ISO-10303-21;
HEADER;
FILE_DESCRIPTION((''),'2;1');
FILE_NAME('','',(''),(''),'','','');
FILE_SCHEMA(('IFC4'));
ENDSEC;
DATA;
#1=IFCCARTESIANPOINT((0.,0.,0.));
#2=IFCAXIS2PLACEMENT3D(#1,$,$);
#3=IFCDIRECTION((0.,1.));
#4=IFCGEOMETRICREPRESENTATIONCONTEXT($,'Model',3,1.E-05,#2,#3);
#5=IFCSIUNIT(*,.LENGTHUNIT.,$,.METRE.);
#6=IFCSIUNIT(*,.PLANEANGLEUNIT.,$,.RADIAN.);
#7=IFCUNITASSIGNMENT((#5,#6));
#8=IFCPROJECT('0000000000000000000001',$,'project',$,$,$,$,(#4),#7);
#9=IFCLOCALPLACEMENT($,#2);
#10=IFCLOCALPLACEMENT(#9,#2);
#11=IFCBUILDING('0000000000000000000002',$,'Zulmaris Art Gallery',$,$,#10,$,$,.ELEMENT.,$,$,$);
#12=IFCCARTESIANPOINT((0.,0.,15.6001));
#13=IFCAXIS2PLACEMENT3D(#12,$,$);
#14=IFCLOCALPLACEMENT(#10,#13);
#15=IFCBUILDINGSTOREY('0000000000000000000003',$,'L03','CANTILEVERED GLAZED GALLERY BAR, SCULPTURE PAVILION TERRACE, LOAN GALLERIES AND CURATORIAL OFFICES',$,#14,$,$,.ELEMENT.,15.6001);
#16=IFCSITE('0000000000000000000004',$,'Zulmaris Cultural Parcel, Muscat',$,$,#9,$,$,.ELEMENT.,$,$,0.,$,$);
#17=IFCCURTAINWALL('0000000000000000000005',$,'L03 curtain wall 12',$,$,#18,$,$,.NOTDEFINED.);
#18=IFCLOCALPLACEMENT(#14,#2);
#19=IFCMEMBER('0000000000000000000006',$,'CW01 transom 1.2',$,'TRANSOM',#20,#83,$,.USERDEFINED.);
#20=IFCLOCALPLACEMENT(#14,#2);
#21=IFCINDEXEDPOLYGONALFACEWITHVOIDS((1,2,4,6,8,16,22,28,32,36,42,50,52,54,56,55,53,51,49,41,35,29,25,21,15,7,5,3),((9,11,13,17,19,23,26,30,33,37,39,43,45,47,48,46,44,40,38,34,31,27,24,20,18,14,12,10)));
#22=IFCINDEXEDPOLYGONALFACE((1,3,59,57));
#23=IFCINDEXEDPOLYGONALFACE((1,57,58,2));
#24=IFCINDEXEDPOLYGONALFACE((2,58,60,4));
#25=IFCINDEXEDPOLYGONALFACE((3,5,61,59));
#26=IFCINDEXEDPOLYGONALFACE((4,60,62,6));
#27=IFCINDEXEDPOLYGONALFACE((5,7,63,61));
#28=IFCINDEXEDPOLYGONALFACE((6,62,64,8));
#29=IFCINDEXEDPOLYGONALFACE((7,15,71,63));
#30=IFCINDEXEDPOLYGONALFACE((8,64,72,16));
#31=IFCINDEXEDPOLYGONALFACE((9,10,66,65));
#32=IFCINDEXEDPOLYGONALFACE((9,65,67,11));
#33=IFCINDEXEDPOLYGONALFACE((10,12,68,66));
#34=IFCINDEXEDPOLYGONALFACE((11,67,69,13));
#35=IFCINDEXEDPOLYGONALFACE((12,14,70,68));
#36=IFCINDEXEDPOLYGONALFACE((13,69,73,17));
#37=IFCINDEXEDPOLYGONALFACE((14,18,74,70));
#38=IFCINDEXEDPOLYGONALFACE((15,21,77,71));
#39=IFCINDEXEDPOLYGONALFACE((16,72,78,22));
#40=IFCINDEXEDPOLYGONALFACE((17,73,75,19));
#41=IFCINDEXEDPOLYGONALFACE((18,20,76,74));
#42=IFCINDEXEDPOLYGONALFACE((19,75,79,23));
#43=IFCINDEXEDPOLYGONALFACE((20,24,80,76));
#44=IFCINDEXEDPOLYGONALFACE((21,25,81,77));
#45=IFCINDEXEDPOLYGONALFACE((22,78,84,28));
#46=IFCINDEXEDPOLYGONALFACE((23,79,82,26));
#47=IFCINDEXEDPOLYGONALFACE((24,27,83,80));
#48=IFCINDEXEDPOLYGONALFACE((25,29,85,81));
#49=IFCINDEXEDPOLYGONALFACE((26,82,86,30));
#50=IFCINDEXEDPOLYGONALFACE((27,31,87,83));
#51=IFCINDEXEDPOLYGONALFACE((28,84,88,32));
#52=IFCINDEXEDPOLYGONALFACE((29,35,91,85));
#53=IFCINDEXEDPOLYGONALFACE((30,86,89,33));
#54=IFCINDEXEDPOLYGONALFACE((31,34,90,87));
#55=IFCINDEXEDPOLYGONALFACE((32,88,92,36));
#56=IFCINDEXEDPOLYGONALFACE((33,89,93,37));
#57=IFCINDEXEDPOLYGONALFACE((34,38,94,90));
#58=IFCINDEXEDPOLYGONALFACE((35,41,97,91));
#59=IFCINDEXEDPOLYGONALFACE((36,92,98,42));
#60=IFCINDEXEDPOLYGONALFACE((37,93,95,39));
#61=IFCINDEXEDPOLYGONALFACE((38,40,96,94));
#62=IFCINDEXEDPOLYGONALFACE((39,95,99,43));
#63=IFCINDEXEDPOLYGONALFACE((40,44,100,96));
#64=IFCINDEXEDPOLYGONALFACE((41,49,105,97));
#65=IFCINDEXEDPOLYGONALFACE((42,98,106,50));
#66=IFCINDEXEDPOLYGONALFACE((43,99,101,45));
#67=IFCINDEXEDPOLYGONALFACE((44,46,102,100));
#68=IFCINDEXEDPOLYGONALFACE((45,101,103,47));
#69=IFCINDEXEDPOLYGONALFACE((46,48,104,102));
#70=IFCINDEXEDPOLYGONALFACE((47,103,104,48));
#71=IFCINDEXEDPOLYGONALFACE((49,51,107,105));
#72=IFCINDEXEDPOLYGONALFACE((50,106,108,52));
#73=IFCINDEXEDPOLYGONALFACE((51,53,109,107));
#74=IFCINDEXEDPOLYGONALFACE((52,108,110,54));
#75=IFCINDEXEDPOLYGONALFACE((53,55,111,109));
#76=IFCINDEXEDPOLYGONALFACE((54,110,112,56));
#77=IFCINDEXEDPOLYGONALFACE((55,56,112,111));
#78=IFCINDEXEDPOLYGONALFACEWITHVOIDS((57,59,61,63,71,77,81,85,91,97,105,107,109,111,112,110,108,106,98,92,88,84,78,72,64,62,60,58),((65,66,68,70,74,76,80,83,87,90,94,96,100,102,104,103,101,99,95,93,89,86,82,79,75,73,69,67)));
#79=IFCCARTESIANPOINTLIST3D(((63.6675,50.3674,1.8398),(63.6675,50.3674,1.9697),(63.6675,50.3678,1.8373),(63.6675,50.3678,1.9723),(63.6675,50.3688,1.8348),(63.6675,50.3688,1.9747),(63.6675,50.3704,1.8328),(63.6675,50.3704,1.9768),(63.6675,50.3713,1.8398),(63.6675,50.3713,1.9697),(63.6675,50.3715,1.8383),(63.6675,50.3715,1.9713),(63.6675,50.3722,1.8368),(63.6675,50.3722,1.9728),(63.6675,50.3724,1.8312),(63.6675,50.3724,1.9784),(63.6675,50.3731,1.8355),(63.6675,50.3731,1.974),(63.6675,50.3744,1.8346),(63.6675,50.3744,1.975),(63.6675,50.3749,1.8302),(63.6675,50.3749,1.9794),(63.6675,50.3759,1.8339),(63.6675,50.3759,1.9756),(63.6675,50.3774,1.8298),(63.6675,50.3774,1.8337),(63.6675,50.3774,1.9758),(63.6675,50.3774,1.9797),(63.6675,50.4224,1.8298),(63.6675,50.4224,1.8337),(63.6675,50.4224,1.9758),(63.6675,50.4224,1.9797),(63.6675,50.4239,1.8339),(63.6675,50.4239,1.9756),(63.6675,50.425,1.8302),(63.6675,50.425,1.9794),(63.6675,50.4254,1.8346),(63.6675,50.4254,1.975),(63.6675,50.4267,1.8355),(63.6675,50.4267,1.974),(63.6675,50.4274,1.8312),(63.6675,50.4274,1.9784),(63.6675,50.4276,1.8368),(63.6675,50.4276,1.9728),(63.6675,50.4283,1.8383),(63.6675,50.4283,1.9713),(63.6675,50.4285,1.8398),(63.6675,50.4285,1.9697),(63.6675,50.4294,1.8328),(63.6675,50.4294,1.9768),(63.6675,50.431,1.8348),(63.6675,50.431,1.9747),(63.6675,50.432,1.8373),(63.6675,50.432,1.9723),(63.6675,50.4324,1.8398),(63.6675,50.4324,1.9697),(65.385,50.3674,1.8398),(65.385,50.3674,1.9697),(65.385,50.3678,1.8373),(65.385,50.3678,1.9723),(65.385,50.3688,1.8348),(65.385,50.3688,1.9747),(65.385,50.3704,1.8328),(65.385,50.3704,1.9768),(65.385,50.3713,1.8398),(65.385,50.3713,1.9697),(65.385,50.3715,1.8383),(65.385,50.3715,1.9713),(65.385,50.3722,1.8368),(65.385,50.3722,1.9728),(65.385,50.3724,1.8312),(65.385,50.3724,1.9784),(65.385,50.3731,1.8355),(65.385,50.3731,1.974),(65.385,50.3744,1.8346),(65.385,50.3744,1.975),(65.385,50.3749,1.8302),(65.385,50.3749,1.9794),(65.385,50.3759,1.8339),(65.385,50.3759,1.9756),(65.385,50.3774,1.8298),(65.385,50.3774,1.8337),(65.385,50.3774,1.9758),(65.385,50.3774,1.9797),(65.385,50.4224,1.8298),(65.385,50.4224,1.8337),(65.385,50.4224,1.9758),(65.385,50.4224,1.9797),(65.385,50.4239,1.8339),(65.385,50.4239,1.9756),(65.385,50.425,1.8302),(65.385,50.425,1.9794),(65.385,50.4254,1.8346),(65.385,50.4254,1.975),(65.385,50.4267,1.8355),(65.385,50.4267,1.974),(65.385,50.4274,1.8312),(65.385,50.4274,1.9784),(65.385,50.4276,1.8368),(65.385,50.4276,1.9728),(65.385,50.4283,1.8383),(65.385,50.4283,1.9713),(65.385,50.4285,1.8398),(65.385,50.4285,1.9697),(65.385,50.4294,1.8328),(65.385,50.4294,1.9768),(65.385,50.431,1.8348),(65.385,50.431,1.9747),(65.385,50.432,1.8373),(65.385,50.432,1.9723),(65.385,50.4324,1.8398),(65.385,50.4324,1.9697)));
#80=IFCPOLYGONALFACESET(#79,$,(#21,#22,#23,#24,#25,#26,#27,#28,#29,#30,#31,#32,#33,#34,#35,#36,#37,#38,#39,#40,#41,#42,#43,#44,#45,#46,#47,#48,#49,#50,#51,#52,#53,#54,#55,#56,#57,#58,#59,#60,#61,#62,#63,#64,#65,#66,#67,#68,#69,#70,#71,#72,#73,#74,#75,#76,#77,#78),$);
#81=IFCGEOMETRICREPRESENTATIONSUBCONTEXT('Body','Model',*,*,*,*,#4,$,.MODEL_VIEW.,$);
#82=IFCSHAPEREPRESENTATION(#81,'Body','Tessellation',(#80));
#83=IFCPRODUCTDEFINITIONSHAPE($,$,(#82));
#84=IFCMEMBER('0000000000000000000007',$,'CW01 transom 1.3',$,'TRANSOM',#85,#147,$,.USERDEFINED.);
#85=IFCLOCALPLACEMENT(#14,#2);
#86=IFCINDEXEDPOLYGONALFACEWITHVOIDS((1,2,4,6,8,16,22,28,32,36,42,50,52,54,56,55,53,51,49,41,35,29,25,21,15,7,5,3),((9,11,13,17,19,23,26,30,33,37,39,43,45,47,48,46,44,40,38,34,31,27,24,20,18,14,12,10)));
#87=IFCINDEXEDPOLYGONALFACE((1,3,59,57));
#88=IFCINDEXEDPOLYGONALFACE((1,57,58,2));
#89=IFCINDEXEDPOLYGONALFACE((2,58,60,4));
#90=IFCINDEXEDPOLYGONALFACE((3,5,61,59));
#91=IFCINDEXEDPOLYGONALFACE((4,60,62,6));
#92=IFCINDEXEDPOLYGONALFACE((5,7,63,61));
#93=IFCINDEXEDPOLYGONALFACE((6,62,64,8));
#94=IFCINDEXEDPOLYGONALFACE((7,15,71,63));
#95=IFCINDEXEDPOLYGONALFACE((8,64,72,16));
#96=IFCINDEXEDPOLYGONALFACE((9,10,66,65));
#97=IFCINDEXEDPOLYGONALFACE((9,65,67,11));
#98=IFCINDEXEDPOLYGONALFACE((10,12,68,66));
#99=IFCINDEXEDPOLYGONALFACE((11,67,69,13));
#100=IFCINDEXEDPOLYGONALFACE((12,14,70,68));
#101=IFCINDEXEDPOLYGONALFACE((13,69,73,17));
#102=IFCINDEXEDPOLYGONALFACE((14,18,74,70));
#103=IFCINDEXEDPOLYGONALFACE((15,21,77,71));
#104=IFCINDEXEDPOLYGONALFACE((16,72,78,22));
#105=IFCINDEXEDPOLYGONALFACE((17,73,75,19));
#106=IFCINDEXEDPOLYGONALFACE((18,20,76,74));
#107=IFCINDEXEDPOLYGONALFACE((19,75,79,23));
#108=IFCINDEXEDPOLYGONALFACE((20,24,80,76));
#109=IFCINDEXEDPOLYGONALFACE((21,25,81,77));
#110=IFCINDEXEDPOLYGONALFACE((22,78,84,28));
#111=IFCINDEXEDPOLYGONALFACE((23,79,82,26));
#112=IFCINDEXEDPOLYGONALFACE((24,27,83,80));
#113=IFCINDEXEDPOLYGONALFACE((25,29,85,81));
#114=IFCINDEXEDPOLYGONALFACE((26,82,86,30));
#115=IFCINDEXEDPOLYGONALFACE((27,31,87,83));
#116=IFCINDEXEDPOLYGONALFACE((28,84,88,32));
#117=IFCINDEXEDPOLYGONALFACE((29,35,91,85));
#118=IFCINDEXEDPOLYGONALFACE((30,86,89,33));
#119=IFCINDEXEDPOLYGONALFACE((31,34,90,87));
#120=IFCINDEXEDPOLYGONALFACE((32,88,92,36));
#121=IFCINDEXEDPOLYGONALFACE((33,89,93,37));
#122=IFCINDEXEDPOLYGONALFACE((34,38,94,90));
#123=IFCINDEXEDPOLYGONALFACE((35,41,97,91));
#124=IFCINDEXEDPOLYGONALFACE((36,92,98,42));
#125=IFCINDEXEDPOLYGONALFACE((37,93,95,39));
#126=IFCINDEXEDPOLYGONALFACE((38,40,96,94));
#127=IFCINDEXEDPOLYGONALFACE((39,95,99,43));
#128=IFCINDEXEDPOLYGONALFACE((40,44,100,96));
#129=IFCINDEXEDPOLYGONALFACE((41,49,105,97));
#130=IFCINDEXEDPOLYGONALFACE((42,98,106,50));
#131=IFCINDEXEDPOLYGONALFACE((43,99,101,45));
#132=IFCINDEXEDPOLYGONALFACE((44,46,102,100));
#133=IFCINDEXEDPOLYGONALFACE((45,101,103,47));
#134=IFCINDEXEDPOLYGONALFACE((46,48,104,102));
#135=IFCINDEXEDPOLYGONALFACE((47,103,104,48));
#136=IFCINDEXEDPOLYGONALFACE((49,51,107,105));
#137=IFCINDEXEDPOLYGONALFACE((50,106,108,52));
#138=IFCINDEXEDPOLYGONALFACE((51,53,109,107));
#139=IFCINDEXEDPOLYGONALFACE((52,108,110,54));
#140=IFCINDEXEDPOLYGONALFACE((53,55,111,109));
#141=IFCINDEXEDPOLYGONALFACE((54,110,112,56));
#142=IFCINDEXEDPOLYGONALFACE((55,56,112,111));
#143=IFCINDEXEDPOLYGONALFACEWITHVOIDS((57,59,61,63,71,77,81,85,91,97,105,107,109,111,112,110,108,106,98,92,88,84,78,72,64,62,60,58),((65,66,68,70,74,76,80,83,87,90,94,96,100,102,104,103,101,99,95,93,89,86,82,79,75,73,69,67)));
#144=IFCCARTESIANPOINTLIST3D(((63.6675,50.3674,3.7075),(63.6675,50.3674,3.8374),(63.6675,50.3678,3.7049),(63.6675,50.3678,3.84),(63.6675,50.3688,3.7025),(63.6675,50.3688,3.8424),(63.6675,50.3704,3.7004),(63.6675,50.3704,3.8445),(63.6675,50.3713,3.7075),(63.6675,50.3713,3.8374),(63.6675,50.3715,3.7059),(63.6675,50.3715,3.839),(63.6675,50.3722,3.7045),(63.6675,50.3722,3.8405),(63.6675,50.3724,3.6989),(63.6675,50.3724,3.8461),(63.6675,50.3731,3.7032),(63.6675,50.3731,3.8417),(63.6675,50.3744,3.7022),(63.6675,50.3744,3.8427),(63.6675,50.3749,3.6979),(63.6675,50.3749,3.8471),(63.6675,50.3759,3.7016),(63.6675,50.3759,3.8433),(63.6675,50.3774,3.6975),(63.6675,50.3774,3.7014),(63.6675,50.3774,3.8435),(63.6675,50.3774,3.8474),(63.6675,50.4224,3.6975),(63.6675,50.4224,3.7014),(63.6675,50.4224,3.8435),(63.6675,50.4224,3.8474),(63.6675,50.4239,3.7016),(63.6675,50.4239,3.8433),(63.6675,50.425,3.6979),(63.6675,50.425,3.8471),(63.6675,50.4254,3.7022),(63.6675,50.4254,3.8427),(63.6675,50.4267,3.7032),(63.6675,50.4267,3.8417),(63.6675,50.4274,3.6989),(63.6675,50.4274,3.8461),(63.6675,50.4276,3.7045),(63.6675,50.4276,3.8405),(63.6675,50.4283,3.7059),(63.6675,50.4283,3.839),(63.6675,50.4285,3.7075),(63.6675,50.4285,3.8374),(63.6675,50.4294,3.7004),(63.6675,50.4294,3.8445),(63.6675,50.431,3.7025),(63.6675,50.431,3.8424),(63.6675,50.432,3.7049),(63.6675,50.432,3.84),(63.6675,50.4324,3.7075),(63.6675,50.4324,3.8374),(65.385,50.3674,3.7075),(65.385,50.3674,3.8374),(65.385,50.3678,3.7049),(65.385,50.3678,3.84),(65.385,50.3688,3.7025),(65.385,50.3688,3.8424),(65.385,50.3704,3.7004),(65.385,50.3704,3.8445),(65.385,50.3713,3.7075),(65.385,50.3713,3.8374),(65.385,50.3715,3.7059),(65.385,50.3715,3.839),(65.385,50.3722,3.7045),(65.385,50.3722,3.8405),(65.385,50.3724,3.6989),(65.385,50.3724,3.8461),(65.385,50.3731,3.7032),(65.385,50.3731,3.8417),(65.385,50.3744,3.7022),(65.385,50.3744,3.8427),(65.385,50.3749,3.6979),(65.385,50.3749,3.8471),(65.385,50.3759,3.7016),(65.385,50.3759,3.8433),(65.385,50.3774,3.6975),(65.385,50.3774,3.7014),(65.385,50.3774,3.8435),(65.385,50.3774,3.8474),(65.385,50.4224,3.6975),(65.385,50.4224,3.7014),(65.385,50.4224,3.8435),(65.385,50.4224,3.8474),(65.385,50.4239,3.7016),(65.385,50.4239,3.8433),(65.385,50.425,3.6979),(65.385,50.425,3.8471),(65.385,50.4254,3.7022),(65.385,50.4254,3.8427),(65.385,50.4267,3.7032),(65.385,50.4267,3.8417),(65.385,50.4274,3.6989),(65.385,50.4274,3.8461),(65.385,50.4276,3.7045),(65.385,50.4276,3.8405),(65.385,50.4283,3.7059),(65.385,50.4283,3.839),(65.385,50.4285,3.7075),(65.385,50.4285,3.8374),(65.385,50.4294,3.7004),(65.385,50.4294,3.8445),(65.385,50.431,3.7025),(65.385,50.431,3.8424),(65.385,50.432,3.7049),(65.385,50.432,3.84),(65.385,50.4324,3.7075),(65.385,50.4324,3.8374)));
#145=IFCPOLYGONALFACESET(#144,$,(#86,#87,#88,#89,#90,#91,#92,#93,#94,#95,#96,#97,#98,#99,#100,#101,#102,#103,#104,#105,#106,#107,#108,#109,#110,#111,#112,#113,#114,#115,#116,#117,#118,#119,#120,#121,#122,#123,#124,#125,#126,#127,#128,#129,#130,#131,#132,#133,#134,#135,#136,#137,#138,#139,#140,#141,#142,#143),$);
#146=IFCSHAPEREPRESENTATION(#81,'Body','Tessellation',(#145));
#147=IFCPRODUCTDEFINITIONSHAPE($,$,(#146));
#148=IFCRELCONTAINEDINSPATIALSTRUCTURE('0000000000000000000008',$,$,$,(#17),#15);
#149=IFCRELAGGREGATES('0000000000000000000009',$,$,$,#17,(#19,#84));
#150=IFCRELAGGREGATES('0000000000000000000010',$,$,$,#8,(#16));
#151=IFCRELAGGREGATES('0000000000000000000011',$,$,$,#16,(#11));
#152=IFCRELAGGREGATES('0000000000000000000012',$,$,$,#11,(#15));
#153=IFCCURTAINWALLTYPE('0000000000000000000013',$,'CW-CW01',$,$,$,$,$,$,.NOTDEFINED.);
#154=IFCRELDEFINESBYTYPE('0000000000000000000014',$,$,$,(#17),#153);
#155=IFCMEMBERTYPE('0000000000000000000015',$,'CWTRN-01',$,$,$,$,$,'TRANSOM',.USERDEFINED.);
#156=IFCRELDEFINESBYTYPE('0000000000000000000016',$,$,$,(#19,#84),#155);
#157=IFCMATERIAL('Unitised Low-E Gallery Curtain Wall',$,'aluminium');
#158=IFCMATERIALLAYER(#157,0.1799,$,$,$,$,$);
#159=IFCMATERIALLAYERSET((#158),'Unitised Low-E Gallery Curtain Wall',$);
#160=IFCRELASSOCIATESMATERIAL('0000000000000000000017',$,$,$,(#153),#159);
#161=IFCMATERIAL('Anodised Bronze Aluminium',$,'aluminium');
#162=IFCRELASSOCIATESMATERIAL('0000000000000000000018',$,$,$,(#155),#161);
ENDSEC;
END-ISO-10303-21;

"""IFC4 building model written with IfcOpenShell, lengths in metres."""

from ifc_helpers import new_model, si_unit, direction, frame, origin, origin_2d, place, context, subcontext, project, spatial, hollow_rectangle, extrude, material, layer, layer_set, material_profile, profile_set, type_object, element, aggregate, save


model = new_model("IFC4")

# Units and contexts
model_context = context("Model", 3, precision=1e-05, world=origin(), true_north=direction((0.0, 1.0)))
body_context = subcontext(model_context, "Body", "Model", "MODEL_VIEW")
ifc_project = project(units=[si_unit("LENGTHUNIT", "METRE"), si_unit("PLANEANGLEUNIT", "RADIAN")], contexts=[model_context])

# Site, building, storey
site_placement = place(None, origin())
site = spatial("IfcSite", under=ifc_project, at=site_placement, Name="Zulmaris Cultural Parcel, Muscat", CompositionType="ELEMENT", RefElevation=0.0)
building_placement = place(site_placement, origin())
building = spatial("IfcBuilding", under=site, at=building_placement, Name="Zulmaris Art Gallery", CompositionType="ELEMENT")
storey_placement = place(building_placement, frame((0.0, 0.0, 15.6001)))
storey = spatial("IfcBuildingStorey", under=building, at=storey_placement, Name="L03", Description="CANTILEVERED GLAZED GALLERY BAR, SCULPTURE PAVILION TERRACE, LOAN GALLERIES AND CURATORIAL OFFICES", CompositionType="ELEMENT", Elevation=15.6001)

# Curtain wall
ifc_material_1 = material(Name="Unitised Low-E Gallery Curtain Wall", Category="aluminium")
ifc_layer_1 = layer(ifc_material_1, 0.1799)
ifc_layer_set_1 = layer_set([ifc_layer_1], Name="Unitised Low-E Gallery Curtain Wall")
curtain_wall_type = type_object("IfcCurtainWallType", Name="CW-CW01", PredefinedType="NOTDEFINED", material=ifc_layer_set_1)
curtain_wall_1_placement = place(storey_placement, origin())
curtain_wall_1 = element("IfcCurtainWall", 1, at=curtain_wall_1_placement, inside=storey, type_object=curtain_wall_type, Name="L03 curtain wall 12", PredefinedType="NOTDEFINED")
ifc_material_2 = material(Name="Anodised Bronze Aluminium", Category="aluminium")

# Members
ifc_material_profile_1 = material_profile(ifc_material_2, hollow_rectangle(XDim=0.0649, YDim=0.1499, WallThickness=0.0039, InnerFilletRadius=0.0061, OuterFilletRadius=0.01, at=origin_2d()), Name="ALU 65x150x4")
ifc_profile_set_1 = profile_set([ifc_material_profile_1], Name="Anodised Bronze Aluminium")
member_type_1 = type_object("IfcMemberType", Name="CWTRN-01", ElementType="TRANSOM", PredefinedType="USERDEFINED", material=ifc_profile_set_1)
member_1_placement = place(storey_placement, frame((65.385, 50.3999, 1.9048), z_axis=(-1.0, 0.0, 0.0), x_axis=(0.0, -1.0, 0.0)))
member_1 = element("IfcMember", 2, at=member_1_placement, type_object=member_type_1, Name="CW01 transom 1.2", ObjectType="TRANSOM", PredefinedType="USERDEFINED", context=body_context, shape_type="SweptSolid", body=[
    extrude(hollow_rectangle(XDim=0.0649, YDim=0.1499, WallThickness=0.0039, InnerFilletRadius=0.0061, OuterFilletRadius=0.01, at=origin_2d()), origin(), (0.0, 0.0, 1.0), 1.7175),
])
member_2_placement = place(storey_placement, frame((65.385, 50.3999, 3.7725), z_axis=(-1.0, 0.0, 0.0), x_axis=(0.0, -1.0, 0.0)))
member_2 = element("IfcMember", 3, at=member_2_placement, type_object=member_type_1, Name="CW01 transom 1.3", ObjectType="TRANSOM", PredefinedType="USERDEFINED", context=body_context, shape_type="SweptSolid", body=[
    extrude(hollow_rectangle(XDim=0.0649, YDim=0.1499, WallThickness=0.0039, InnerFilletRadius=0.0061, OuterFilletRadius=0.01, at=origin_2d()), origin(), (0.0, 0.0, 1.0), 1.7175),
])

aggregate(curtain_wall_1, [member_1, member_2])

save(model, "model.ifc")
